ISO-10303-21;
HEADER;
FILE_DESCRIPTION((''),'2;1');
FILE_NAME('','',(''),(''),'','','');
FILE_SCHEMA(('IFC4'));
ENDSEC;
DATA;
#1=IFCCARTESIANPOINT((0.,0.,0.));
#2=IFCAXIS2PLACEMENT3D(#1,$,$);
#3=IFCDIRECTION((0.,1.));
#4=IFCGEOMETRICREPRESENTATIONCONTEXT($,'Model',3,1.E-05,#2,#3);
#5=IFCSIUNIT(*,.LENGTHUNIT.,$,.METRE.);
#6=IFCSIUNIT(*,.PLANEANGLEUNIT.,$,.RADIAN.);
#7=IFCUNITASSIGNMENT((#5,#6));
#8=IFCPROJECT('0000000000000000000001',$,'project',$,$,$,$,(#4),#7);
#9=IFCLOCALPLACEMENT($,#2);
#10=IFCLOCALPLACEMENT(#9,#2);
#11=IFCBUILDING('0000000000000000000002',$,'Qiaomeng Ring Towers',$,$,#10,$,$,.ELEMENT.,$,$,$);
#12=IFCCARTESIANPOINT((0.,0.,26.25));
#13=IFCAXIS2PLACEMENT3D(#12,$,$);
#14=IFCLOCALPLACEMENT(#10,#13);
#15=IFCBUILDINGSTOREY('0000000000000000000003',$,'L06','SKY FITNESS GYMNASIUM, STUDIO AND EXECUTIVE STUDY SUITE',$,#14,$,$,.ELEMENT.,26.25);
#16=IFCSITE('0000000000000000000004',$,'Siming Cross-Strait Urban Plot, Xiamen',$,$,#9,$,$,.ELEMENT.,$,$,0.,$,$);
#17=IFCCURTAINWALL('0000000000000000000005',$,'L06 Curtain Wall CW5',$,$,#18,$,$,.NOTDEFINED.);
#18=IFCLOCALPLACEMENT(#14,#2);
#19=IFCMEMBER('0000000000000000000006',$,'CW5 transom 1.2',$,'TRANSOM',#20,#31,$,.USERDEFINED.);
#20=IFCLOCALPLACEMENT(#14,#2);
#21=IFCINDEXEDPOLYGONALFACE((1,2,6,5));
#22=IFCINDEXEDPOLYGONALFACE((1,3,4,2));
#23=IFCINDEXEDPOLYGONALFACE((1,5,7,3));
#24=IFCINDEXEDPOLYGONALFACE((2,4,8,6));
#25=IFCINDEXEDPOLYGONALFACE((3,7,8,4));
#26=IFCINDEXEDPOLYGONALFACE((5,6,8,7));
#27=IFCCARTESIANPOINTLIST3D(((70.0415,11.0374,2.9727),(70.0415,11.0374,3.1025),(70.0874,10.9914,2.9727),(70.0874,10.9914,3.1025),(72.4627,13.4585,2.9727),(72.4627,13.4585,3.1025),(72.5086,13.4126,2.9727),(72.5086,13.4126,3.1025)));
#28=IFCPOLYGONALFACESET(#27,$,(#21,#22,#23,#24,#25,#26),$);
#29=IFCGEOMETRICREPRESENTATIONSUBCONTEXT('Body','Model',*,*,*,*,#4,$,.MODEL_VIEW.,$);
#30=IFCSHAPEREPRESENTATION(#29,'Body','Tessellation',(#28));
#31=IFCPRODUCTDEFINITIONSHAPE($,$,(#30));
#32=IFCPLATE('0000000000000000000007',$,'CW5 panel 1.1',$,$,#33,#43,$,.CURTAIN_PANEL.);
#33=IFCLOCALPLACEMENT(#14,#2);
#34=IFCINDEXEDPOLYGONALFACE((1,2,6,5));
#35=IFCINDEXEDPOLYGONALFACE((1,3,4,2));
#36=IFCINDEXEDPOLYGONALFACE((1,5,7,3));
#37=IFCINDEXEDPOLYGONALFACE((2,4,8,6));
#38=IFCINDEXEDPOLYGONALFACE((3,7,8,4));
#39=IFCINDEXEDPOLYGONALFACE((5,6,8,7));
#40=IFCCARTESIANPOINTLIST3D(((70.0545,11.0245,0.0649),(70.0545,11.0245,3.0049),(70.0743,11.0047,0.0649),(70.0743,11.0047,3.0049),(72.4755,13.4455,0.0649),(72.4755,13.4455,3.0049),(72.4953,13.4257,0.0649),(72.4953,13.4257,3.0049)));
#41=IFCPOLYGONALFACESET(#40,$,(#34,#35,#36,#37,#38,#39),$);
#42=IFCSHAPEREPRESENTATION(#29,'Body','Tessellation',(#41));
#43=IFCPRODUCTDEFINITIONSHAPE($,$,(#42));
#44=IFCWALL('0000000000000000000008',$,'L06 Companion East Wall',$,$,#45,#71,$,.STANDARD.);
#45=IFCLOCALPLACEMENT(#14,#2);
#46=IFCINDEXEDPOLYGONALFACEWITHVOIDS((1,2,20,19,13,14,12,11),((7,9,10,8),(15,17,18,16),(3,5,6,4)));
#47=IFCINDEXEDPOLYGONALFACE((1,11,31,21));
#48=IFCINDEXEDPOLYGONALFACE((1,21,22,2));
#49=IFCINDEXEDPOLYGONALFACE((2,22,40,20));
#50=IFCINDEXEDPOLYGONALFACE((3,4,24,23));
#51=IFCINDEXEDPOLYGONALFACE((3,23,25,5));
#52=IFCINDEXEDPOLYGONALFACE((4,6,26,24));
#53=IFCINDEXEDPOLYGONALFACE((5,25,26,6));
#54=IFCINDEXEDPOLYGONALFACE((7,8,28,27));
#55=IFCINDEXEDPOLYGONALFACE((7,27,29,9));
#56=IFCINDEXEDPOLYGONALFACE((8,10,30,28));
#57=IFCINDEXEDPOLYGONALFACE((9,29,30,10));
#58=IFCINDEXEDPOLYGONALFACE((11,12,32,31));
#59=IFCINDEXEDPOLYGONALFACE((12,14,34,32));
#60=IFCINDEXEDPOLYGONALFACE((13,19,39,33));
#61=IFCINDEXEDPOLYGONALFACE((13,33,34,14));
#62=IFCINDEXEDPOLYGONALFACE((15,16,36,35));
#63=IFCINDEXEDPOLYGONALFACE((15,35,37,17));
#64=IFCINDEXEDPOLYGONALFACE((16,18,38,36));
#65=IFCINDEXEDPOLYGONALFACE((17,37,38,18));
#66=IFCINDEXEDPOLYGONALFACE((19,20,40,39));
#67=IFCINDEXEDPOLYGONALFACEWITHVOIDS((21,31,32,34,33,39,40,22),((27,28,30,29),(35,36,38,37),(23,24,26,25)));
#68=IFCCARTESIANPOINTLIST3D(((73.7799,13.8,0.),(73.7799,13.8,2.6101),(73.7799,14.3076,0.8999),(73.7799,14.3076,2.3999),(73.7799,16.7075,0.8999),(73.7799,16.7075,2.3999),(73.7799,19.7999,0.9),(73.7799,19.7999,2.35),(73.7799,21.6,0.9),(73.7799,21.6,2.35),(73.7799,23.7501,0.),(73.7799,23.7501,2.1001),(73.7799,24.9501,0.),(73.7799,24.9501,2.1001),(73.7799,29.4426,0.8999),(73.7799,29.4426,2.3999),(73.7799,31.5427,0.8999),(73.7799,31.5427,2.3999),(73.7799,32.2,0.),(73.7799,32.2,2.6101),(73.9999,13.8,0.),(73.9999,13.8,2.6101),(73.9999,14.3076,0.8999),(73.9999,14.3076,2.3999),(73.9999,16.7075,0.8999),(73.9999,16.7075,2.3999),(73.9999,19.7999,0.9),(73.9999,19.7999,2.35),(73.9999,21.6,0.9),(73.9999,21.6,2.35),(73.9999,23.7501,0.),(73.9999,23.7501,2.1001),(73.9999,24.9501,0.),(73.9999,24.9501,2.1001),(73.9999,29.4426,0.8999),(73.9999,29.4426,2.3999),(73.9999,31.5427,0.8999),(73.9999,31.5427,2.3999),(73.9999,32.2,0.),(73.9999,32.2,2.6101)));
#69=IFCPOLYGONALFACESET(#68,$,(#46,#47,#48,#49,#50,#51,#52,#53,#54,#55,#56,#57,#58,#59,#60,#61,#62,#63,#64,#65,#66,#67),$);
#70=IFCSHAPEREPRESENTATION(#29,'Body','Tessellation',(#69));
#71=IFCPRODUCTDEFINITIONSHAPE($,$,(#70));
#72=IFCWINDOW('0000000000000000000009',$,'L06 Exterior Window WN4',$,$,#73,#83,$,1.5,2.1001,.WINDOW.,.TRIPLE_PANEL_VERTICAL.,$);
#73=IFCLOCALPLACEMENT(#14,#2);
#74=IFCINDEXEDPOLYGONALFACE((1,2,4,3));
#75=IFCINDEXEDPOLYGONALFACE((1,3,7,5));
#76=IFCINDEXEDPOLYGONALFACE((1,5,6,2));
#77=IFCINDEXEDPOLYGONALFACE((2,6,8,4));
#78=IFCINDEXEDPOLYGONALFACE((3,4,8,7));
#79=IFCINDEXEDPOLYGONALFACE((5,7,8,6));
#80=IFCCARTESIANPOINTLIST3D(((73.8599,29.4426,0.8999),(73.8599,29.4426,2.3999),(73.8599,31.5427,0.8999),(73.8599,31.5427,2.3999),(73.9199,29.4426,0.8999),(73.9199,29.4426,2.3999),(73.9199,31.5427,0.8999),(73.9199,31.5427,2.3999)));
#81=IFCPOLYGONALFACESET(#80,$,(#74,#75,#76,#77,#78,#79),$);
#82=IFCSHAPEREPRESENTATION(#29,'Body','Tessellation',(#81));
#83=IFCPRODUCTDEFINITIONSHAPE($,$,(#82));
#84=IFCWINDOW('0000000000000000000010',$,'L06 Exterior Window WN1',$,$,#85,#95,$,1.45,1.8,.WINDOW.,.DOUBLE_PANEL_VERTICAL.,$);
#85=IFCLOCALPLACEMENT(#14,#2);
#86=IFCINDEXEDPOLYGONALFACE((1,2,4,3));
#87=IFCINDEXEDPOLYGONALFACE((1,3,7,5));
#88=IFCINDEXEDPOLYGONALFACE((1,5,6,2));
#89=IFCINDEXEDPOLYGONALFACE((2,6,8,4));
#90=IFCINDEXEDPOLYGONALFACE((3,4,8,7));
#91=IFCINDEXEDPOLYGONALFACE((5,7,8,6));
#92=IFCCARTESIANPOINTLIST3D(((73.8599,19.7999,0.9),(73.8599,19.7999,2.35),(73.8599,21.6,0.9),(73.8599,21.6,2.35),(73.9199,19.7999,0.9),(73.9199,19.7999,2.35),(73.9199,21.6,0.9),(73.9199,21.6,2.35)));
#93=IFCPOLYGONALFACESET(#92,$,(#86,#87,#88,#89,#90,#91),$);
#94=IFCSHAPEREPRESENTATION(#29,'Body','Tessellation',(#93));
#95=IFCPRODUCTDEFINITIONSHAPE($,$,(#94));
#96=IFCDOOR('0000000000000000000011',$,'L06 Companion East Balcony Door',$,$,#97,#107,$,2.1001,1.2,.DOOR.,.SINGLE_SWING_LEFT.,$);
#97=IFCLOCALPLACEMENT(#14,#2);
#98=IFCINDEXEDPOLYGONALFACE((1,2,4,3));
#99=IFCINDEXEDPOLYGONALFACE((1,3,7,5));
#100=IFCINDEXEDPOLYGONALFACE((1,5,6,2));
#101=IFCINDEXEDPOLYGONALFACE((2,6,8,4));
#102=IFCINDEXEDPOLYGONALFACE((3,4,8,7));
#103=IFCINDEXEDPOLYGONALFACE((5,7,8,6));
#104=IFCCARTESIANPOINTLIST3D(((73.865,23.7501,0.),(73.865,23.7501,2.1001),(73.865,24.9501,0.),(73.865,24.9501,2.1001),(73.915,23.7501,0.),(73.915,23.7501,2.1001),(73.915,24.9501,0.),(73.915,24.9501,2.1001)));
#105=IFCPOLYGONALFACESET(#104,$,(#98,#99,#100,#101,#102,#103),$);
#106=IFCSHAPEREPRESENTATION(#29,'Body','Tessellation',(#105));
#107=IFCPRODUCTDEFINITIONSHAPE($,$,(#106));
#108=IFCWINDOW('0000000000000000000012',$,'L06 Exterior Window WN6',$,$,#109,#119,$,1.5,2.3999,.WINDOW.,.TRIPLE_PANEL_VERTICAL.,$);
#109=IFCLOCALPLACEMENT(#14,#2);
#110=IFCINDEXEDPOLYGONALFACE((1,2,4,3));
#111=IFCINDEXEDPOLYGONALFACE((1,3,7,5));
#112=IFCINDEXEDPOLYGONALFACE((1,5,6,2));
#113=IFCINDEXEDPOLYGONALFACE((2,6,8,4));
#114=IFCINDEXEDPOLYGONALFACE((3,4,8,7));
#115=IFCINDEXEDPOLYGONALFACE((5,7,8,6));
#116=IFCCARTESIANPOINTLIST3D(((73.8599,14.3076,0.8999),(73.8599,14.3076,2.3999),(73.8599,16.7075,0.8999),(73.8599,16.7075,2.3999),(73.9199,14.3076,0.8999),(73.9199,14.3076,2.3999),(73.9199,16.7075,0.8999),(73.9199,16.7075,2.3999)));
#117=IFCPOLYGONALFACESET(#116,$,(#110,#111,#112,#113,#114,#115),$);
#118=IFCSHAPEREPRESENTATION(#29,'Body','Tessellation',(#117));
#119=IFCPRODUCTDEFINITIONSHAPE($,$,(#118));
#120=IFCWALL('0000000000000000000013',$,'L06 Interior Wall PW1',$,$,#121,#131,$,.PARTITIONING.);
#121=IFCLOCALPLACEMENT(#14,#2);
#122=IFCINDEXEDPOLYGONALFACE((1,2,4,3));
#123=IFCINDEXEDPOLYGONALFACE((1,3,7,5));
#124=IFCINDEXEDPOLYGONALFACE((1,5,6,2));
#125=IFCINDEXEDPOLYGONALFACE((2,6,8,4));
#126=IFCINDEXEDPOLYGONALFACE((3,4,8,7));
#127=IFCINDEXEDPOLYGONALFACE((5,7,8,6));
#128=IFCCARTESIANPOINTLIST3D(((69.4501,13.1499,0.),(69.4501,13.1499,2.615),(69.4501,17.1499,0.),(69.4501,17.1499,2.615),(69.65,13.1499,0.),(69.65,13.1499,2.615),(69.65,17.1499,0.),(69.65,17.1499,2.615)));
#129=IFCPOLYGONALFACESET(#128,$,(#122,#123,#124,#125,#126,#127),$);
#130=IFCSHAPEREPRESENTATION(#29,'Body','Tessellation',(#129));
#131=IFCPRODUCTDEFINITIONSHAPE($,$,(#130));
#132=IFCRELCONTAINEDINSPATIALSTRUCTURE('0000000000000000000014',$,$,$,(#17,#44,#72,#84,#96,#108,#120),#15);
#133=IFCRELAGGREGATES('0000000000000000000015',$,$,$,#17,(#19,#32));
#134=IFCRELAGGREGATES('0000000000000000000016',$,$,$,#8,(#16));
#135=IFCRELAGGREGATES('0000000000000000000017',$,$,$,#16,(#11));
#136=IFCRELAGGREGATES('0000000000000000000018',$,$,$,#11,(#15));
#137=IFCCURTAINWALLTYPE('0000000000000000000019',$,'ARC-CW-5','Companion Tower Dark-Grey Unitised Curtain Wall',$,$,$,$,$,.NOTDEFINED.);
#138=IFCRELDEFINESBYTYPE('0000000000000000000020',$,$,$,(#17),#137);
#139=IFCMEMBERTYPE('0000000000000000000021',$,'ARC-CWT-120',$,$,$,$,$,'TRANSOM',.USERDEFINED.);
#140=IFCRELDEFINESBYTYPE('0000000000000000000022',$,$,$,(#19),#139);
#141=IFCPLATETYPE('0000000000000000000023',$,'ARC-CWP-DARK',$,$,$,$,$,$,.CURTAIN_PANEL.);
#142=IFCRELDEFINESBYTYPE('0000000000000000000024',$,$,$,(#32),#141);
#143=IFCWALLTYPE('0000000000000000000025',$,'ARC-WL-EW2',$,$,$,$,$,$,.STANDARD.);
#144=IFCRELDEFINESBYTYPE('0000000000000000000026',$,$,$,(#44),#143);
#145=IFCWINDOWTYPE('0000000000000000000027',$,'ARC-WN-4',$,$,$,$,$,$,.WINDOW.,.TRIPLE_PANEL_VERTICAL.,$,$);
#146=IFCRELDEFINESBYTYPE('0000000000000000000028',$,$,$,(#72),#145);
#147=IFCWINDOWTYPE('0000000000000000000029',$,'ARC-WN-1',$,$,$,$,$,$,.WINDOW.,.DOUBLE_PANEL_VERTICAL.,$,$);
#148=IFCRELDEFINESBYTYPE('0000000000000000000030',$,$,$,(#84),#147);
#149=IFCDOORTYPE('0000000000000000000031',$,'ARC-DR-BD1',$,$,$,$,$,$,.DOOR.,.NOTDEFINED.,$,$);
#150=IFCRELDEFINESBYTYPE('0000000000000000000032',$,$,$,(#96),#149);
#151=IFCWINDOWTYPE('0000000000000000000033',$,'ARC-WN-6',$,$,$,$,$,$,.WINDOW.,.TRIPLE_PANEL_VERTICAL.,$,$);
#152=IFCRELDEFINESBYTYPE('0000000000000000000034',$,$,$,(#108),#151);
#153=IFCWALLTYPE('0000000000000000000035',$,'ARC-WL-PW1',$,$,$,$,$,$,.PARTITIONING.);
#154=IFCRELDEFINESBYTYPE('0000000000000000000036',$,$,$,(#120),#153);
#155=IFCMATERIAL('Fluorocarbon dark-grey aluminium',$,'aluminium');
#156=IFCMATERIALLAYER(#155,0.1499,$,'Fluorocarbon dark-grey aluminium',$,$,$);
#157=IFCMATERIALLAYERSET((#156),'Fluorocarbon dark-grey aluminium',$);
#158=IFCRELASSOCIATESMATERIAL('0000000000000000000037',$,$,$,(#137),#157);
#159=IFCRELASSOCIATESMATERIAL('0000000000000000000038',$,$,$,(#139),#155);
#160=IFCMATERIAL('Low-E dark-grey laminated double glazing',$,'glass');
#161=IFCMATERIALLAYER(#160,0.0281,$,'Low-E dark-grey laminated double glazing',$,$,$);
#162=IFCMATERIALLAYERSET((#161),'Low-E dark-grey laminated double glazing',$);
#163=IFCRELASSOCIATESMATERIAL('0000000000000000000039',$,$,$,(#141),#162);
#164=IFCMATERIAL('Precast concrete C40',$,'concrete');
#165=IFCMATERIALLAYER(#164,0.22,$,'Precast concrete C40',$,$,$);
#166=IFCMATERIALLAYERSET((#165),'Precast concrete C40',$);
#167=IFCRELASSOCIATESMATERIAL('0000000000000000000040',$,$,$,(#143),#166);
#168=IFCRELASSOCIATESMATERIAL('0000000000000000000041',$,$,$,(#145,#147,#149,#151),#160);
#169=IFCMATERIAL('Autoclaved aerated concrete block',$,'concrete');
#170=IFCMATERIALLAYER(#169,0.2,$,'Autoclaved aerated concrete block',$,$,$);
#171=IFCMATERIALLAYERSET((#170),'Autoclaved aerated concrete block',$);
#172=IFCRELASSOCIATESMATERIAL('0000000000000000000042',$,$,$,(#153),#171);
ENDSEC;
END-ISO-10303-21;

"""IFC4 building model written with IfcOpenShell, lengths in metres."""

from ifc_helpers import new_model, si_unit, direction, frame, frame_2d, origin, origin_2d, place, context, subcontext, project, spatial, rectangle, extrude, source, transform, mapped, material, layer, layer_set, material_profile, profile_set, type_object, element, fill, aggregate, save


model = new_model("IFC4")

# Units and contexts
model_context = context("Model", 3, precision=1e-05, world=origin(), true_north=direction((0.0, 1.0)))
body_context = subcontext(model_context, "Body", "Model", "MODEL_VIEW")
ifc_project = project(units=[si_unit("LENGTHUNIT", "METRE"), si_unit("PLANEANGLEUNIT", "RADIAN")], contexts=[model_context])

# Site, building, storey
site_placement = place(None, origin())
site = spatial("IfcSite", under=ifc_project, at=site_placement, Name="Siming Cross-Strait Urban Plot, Xiamen", CompositionType="ELEMENT", RefElevation=0.0)
building_placement = place(site_placement, origin())
building = spatial("IfcBuilding", under=site, at=building_placement, Name="Qiaomeng Ring Towers", CompositionType="ELEMENT")
storey_placement = place(building_placement, frame((0.0, 0.0, 26.25)))
storey = spatial("IfcBuildingStorey", under=building, at=storey_placement, Name="L06", Description="SKY FITNESS GYMNASIUM, STUDIO AND EXECUTIVE STUDY SUITE", CompositionType="ELEMENT", Elevation=26.25)

# Curtain wall
ifc_material_1 = material(Name="Fluorocarbon dark-grey aluminium", Category="aluminium")
ifc_layer_1 = layer(ifc_material_1, 0.1499, Name="Fluorocarbon dark-grey aluminium")
ifc_layer_set_1 = layer_set([ifc_layer_1], Name="Fluorocarbon dark-grey aluminium")
curtain_wall_type = type_object("IfcCurtainWallType", Name="ARC-CW-5", Description="Companion Tower Dark-Grey Unitised Curtain Wall", PredefinedType="NOTDEFINED", material=ifc_layer_set_1)
curtain_wall_1_placement = place(storey_placement, origin())
curtain_wall_1 = element("IfcCurtainWall", 1, at=curtain_wall_1_placement, inside=storey, type_object=curtain_wall_type, Name="L06 Curtain Wall CW5", PredefinedType="NOTDEFINED")

# Member
ifc_material_profile_1 = material_profile(ifc_material_1, rectangle(XDim=0.0649, YDim=0.1299, at=origin_2d()), Name="ALU TRAN 65x130")
ifc_profile_set_1 = profile_set([ifc_material_profile_1], Name="Fluorocarbon dark-grey aluminium")
member_type_1 = type_object("IfcMemberType", Name="ARC-CWT-120", ElementType="TRANSOM", PredefinedType="USERDEFINED", material=ifc_profile_set_1)
shared_shape_1 = source(origin(), body_context, "Body", "SweptSolid", [
    extrude(rectangle(XDim=0.0649, YDim=0.1299, at=origin_2d()), origin(), (0.0, 0.0, 1.0), 3.4241),
])
member_1_placement = place(storey_placement, frame((70.0645, 11.0144, 3.0376), z_axis=(0.707107, 0.707107, 0.0), x_axis=(-0.707107, 0.707107, 0.0)))
member_1 = element("IfcMember", 2, at=member_1_placement, type_object=member_type_1, Name="CW5 transom 1.2", ObjectType="TRANSOM", PredefinedType="USERDEFINED", context=body_context, shape_type="MappedRepresentation", body=[
    mapped(shared_shape_1, transform((0.0, 0.0, 0.0), x_axis=(1.0, 0.0, 0.0), y_axis=(0.0, 1.0, 0.0), z_axis=(0.0, 0.0, 1.0), scale=1.0)),
])

# Plate
ifc_material_2 = material(Name="Low-E dark-grey laminated double glazing", Category="glass")
ifc_layer_2 = layer(ifc_material_2, 0.0281, Name="Low-E dark-grey laminated double glazing")
ifc_layer_set_2 = layer_set([ifc_layer_2], Name="Low-E dark-grey laminated double glazing")
plate_type = type_object("IfcPlateType", Name="ARC-CWP-DARK", PredefinedType="CURTAIN_PANEL", material=ifc_layer_set_2)
shared_shape_2 = source(origin(), body_context, "Body", "SweptSolid", [
    extrude(rectangle(XDim=3.4238, YDim=0.0281, at=origin_2d()), origin(), (0.0, 0.0, 1.0), 2.9399),
])
plate_placement = place(storey_placement, frame((71.2749, 12.2251, 0.0649), z_axis=(0.0, 0.0, 1.0), x_axis=(0.707107, 0.707107, 0.0)))
plate = element("IfcPlate", 3, at=plate_placement, type_object=plate_type, Name="CW5 panel 1.1", PredefinedType="CURTAIN_PANEL", context=body_context, shape_type="MappedRepresentation", body=[
    mapped(shared_shape_2, transform((0.0, 0.0, 0.0), x_axis=(1.0, 0.0, 0.0), y_axis=(0.0, 1.0, 0.0), z_axis=(0.0, 0.0, 1.0), scale=1.0)),
])
aggregate(curtain_wall_1, [member_1, plate])

# Wall, openings, windows, door
ifc_material_3 = material(Name="Precast concrete C40", Category="concrete")
ifc_layer_3 = layer(ifc_material_3, 0.22, Name="Precast concrete C40")
ifc_layer_set_3 = layer_set([ifc_layer_3], Name="Precast concrete C40")
wall_type_1 = type_object("IfcWallType", Name="ARC-WL-EW2", PredefinedType="STANDARD", material=ifc_layer_set_3)
wall_1_placement = place(storey_placement, frame((73.8899, 13.8, 0.0), z_axis=(0.0, 0.0, 1.0), x_axis=(0.0, 1.0, 0.0)))
wall_1 = element("IfcWall", 4, at=wall_1_placement, inside=storey, type_object=wall_type_1, Name="L06 Companion East Wall", PredefinedType="STANDARD", context=body_context, shape_type="SweptSolid", body=[
    extrude(rectangle(XDim=18.3999, YDim=0.22, at=frame_2d((9.2, 0.0))), origin(), (0.0, 0.0, 1.0), 2.6101),
])
opening_1_placement = place(wall_1_placement, frame((9.95, 0.0, 0.0)))
opening_1 = element("IfcOpeningElement", 5, at=opening_1_placement, cuts=wall_1, PredefinedType="OPENING", context=body_context, shape_type="SweptSolid", body=[
    extrude(rectangle(XDim=1.2, YDim=2.1001, at=frame_2d((0.6001, 1.05))), frame((0.0, 0.1199, 0.0), z_axis=(0.0, -1.0, 0.0), x_axis=(1.0, 0.0, 0.0)), (0.0, 0.0, 1.0), 0.24),
])
opening_2_placement = place(wall_1_placement, frame((0.5076, 0.0, 0.8999)))
opening_2 = element("IfcOpeningElement", 6, at=opening_2_placement, cuts=wall_1, PredefinedType="OPENING", context=body_context, shape_type="SweptSolid", body=[
    extrude(rectangle(XDim=2.3999, YDim=1.5, at=frame_2d((1.2, 0.75))), frame((0.0, 0.1199, 0.0), z_axis=(0.0, -1.0, 0.0), x_axis=(1.0, 0.0, 0.0)), (0.0, 0.0, 1.0), 0.24),
])
opening_3_placement = place(wall_1_placement, frame((6.0, 0.0, 0.8999)))
opening_3 = element("IfcOpeningElement", 7, at=opening_3_placement, cuts=wall_1, PredefinedType="OPENING", context=body_context, shape_type="SweptSolid", body=[
    extrude(rectangle(XDim=1.8, YDim=1.45, at=frame_2d((0.8999, 0.7251))), frame((0.0, 0.1199, 0.0), z_axis=(0.0, -1.0, 0.0), x_axis=(1.0, 0.0, 0.0)), (0.0, 0.0, 1.0), 0.24),
])
opening_4_placement = place(wall_1_placement, frame((15.6426, 0.0, 0.8999)))
opening_4 = element("IfcOpeningElement", 8, at=opening_4_placement, cuts=wall_1, PredefinedType="OPENING", context=body_context, shape_type="SweptSolid", body=[
    extrude(rectangle(XDim=2.1001, YDim=1.5, at=frame_2d((1.05, 0.75))), frame((0.0, 0.1199, 0.0), z_axis=(0.0, -1.0, 0.0), x_axis=(1.0, 0.0, 0.0)), (0.0, 0.0, 1.0), 0.24),
])
window_type_1 = type_object("IfcWindowType", Name="ARC-WN-4", PartitioningType="TRIPLE_PANEL_VERTICAL", PredefinedType="WINDOW", material=ifc_material_2)
shared_shape_3 = source(origin(), body_context, "Body", "SweptSolid", [
    extrude(rectangle(XDim=2.1001, YDim=1.5, at=frame_2d((1.05, 0.75))), frame((0.0, 0.03, 0.0), z_axis=(0.0, -1.0, 0.0), x_axis=(1.0, 0.0, 0.0)), (0.0, 0.0, 1.0), 0.0601),
])
window_1_placement = place(opening_4_placement, origin())
window_1 = element("IfcWindow", 9, at=window_1_placement, inside=storey, type_object=window_type_1, Name="L06 Exterior Window WN4", OverallHeight=1.5, OverallWidth=2.1001, PartitioningType="TRIPLE_PANEL_VERTICAL", PredefinedType="WINDOW", context=body_context, shape_type="MappedRepresentation", body=[
    mapped(shared_shape_3, transform((0.0, 0.0, 0.0), x_axis=(1.0, 0.0, 0.0), y_axis=(0.0, 1.0, 0.0), z_axis=(0.0, 0.0, 1.0), scale=1.0)),
])
fill(opening_4, window_1)
window_type_2 = type_object("IfcWindowType", Name="ARC-WN-1", PartitioningType="DOUBLE_PANEL_VERTICAL", PredefinedType="WINDOW", material=ifc_material_2)
shared_shape_4 = source(origin(), body_context, "Body", "SweptSolid", [
    extrude(rectangle(XDim=1.8, YDim=1.45, at=frame_2d((0.8999, 0.7251))), frame((0.0, 0.03, 0.0), z_axis=(0.0, -1.0, 0.0), x_axis=(1.0, 0.0, 0.0)), (0.0, 0.0, 1.0), 0.0601),
])
window_2_placement = place(opening_3_placement, origin())
window_2 = element("IfcWindow", 10, at=window_2_placement, inside=storey, type_object=window_type_2, Name="L06 Exterior Window WN1", OverallHeight=1.45, OverallWidth=1.8, PartitioningType="DOUBLE_PANEL_VERTICAL", PredefinedType="WINDOW", context=body_context, shape_type="MappedRepresentation", body=[
    mapped(shared_shape_4, transform((0.0, 0.0, 0.0), x_axis=(1.0, 0.0, 0.0), y_axis=(0.0, 1.0, 0.0), z_axis=(0.0, 0.0, 1.0), scale=1.0)),
])
fill(opening_3, window_2)
door_type_1 = type_object("IfcDoorType", Name="ARC-DR-BD1", OperationType="NOTDEFINED", PredefinedType="DOOR", material=ifc_material_2)
shared_shape_5 = source(origin(), body_context, "Body", "SweptSolid", [
    extrude(rectangle(XDim=1.2, YDim=2.1001, at=frame_2d((0.6001, 1.05))), frame((0.0, 0.0249, 0.0), z_axis=(0.0, -1.0, 0.0), x_axis=(1.0, 0.0, 0.0)), (0.0, 0.0, 1.0), 0.05),
])
door_1_placement = place(opening_1_placement, origin())
door_1 = element("IfcDoor", 11, at=door_1_placement, inside=storey, type_object=door_type_1, Name="L06 Companion East Balcony Door", OperationType="SINGLE_SWING_LEFT", OverallHeight=2.1001, OverallWidth=1.2, PredefinedType="DOOR", context=body_context, shape_type="MappedRepresentation", body=[
    mapped(shared_shape_5, transform((0.0, 0.0, 0.0), x_axis=(1.0, 0.0, 0.0), y_axis=(0.0, 1.0, 0.0), z_axis=(0.0, 0.0, 1.0), scale=1.0)),
])
fill(opening_1, door_1)
window_type_3 = type_object("IfcWindowType", Name="ARC-WN-6", PartitioningType="TRIPLE_PANEL_VERTICAL", PredefinedType="WINDOW", material=ifc_material_2)
shared_shape_6 = source(origin(), body_context, "Body", "SweptSolid", [
    extrude(rectangle(XDim=2.3999, YDim=1.5, at=frame_2d((1.2, 0.75))), frame((0.0, 0.03, 0.0), z_axis=(0.0, -1.0, 0.0), x_axis=(1.0, 0.0, 0.0)), (0.0, 0.0, 1.0), 0.0601),
])
window_3_placement = place(opening_2_placement, origin())
window_3 = element("IfcWindow", 12, at=window_3_placement, inside=storey, type_object=window_type_3, Name="L06 Exterior Window WN6", OverallHeight=1.5, OverallWidth=2.3999, PartitioningType="TRIPLE_PANEL_VERTICAL", PredefinedType="WINDOW", context=body_context, shape_type="MappedRepresentation", body=[
    mapped(shared_shape_6, transform((0.0, 0.0, 0.0), x_axis=(1.0, 0.0, 0.0), y_axis=(0.0, 1.0, 0.0), z_axis=(0.0, 0.0, 1.0), scale=1.0)),
])
fill(opening_2, window_3)

# Wall
ifc_material_4 = material(Name="Autoclaved aerated concrete block", Category="concrete")
ifc_layer_4 = layer(ifc_material_4, 0.2, Name="Autoclaved aerated concrete block")
ifc_layer_set_4 = layer_set([ifc_layer_4], Name="Autoclaved aerated concrete block")
wall_type_2 = type_object("IfcWallType", Name="ARC-WL-PW1", PredefinedType="PARTITIONING", material=ifc_layer_set_4)
wall_2_placement = place(storey_placement, frame((69.55, 13.1499, 0.0), z_axis=(0.0, 0.0, 1.0), x_axis=(0.0, 1.0, 0.0)))
element("IfcWall", 13, at=wall_2_placement, inside=storey, type_object=wall_type_2, Name="L06 Interior Wall PW1", PredefinedType="PARTITIONING", context=body_context, shape_type="SweptSolid", body=[
    extrude(rectangle(XDim=4.0, YDim=0.2, at=frame_2d((2.0, 0.0))), origin(), (0.0, 0.0, 1.0), 2.615),
])

save(model, "model.ifc")
